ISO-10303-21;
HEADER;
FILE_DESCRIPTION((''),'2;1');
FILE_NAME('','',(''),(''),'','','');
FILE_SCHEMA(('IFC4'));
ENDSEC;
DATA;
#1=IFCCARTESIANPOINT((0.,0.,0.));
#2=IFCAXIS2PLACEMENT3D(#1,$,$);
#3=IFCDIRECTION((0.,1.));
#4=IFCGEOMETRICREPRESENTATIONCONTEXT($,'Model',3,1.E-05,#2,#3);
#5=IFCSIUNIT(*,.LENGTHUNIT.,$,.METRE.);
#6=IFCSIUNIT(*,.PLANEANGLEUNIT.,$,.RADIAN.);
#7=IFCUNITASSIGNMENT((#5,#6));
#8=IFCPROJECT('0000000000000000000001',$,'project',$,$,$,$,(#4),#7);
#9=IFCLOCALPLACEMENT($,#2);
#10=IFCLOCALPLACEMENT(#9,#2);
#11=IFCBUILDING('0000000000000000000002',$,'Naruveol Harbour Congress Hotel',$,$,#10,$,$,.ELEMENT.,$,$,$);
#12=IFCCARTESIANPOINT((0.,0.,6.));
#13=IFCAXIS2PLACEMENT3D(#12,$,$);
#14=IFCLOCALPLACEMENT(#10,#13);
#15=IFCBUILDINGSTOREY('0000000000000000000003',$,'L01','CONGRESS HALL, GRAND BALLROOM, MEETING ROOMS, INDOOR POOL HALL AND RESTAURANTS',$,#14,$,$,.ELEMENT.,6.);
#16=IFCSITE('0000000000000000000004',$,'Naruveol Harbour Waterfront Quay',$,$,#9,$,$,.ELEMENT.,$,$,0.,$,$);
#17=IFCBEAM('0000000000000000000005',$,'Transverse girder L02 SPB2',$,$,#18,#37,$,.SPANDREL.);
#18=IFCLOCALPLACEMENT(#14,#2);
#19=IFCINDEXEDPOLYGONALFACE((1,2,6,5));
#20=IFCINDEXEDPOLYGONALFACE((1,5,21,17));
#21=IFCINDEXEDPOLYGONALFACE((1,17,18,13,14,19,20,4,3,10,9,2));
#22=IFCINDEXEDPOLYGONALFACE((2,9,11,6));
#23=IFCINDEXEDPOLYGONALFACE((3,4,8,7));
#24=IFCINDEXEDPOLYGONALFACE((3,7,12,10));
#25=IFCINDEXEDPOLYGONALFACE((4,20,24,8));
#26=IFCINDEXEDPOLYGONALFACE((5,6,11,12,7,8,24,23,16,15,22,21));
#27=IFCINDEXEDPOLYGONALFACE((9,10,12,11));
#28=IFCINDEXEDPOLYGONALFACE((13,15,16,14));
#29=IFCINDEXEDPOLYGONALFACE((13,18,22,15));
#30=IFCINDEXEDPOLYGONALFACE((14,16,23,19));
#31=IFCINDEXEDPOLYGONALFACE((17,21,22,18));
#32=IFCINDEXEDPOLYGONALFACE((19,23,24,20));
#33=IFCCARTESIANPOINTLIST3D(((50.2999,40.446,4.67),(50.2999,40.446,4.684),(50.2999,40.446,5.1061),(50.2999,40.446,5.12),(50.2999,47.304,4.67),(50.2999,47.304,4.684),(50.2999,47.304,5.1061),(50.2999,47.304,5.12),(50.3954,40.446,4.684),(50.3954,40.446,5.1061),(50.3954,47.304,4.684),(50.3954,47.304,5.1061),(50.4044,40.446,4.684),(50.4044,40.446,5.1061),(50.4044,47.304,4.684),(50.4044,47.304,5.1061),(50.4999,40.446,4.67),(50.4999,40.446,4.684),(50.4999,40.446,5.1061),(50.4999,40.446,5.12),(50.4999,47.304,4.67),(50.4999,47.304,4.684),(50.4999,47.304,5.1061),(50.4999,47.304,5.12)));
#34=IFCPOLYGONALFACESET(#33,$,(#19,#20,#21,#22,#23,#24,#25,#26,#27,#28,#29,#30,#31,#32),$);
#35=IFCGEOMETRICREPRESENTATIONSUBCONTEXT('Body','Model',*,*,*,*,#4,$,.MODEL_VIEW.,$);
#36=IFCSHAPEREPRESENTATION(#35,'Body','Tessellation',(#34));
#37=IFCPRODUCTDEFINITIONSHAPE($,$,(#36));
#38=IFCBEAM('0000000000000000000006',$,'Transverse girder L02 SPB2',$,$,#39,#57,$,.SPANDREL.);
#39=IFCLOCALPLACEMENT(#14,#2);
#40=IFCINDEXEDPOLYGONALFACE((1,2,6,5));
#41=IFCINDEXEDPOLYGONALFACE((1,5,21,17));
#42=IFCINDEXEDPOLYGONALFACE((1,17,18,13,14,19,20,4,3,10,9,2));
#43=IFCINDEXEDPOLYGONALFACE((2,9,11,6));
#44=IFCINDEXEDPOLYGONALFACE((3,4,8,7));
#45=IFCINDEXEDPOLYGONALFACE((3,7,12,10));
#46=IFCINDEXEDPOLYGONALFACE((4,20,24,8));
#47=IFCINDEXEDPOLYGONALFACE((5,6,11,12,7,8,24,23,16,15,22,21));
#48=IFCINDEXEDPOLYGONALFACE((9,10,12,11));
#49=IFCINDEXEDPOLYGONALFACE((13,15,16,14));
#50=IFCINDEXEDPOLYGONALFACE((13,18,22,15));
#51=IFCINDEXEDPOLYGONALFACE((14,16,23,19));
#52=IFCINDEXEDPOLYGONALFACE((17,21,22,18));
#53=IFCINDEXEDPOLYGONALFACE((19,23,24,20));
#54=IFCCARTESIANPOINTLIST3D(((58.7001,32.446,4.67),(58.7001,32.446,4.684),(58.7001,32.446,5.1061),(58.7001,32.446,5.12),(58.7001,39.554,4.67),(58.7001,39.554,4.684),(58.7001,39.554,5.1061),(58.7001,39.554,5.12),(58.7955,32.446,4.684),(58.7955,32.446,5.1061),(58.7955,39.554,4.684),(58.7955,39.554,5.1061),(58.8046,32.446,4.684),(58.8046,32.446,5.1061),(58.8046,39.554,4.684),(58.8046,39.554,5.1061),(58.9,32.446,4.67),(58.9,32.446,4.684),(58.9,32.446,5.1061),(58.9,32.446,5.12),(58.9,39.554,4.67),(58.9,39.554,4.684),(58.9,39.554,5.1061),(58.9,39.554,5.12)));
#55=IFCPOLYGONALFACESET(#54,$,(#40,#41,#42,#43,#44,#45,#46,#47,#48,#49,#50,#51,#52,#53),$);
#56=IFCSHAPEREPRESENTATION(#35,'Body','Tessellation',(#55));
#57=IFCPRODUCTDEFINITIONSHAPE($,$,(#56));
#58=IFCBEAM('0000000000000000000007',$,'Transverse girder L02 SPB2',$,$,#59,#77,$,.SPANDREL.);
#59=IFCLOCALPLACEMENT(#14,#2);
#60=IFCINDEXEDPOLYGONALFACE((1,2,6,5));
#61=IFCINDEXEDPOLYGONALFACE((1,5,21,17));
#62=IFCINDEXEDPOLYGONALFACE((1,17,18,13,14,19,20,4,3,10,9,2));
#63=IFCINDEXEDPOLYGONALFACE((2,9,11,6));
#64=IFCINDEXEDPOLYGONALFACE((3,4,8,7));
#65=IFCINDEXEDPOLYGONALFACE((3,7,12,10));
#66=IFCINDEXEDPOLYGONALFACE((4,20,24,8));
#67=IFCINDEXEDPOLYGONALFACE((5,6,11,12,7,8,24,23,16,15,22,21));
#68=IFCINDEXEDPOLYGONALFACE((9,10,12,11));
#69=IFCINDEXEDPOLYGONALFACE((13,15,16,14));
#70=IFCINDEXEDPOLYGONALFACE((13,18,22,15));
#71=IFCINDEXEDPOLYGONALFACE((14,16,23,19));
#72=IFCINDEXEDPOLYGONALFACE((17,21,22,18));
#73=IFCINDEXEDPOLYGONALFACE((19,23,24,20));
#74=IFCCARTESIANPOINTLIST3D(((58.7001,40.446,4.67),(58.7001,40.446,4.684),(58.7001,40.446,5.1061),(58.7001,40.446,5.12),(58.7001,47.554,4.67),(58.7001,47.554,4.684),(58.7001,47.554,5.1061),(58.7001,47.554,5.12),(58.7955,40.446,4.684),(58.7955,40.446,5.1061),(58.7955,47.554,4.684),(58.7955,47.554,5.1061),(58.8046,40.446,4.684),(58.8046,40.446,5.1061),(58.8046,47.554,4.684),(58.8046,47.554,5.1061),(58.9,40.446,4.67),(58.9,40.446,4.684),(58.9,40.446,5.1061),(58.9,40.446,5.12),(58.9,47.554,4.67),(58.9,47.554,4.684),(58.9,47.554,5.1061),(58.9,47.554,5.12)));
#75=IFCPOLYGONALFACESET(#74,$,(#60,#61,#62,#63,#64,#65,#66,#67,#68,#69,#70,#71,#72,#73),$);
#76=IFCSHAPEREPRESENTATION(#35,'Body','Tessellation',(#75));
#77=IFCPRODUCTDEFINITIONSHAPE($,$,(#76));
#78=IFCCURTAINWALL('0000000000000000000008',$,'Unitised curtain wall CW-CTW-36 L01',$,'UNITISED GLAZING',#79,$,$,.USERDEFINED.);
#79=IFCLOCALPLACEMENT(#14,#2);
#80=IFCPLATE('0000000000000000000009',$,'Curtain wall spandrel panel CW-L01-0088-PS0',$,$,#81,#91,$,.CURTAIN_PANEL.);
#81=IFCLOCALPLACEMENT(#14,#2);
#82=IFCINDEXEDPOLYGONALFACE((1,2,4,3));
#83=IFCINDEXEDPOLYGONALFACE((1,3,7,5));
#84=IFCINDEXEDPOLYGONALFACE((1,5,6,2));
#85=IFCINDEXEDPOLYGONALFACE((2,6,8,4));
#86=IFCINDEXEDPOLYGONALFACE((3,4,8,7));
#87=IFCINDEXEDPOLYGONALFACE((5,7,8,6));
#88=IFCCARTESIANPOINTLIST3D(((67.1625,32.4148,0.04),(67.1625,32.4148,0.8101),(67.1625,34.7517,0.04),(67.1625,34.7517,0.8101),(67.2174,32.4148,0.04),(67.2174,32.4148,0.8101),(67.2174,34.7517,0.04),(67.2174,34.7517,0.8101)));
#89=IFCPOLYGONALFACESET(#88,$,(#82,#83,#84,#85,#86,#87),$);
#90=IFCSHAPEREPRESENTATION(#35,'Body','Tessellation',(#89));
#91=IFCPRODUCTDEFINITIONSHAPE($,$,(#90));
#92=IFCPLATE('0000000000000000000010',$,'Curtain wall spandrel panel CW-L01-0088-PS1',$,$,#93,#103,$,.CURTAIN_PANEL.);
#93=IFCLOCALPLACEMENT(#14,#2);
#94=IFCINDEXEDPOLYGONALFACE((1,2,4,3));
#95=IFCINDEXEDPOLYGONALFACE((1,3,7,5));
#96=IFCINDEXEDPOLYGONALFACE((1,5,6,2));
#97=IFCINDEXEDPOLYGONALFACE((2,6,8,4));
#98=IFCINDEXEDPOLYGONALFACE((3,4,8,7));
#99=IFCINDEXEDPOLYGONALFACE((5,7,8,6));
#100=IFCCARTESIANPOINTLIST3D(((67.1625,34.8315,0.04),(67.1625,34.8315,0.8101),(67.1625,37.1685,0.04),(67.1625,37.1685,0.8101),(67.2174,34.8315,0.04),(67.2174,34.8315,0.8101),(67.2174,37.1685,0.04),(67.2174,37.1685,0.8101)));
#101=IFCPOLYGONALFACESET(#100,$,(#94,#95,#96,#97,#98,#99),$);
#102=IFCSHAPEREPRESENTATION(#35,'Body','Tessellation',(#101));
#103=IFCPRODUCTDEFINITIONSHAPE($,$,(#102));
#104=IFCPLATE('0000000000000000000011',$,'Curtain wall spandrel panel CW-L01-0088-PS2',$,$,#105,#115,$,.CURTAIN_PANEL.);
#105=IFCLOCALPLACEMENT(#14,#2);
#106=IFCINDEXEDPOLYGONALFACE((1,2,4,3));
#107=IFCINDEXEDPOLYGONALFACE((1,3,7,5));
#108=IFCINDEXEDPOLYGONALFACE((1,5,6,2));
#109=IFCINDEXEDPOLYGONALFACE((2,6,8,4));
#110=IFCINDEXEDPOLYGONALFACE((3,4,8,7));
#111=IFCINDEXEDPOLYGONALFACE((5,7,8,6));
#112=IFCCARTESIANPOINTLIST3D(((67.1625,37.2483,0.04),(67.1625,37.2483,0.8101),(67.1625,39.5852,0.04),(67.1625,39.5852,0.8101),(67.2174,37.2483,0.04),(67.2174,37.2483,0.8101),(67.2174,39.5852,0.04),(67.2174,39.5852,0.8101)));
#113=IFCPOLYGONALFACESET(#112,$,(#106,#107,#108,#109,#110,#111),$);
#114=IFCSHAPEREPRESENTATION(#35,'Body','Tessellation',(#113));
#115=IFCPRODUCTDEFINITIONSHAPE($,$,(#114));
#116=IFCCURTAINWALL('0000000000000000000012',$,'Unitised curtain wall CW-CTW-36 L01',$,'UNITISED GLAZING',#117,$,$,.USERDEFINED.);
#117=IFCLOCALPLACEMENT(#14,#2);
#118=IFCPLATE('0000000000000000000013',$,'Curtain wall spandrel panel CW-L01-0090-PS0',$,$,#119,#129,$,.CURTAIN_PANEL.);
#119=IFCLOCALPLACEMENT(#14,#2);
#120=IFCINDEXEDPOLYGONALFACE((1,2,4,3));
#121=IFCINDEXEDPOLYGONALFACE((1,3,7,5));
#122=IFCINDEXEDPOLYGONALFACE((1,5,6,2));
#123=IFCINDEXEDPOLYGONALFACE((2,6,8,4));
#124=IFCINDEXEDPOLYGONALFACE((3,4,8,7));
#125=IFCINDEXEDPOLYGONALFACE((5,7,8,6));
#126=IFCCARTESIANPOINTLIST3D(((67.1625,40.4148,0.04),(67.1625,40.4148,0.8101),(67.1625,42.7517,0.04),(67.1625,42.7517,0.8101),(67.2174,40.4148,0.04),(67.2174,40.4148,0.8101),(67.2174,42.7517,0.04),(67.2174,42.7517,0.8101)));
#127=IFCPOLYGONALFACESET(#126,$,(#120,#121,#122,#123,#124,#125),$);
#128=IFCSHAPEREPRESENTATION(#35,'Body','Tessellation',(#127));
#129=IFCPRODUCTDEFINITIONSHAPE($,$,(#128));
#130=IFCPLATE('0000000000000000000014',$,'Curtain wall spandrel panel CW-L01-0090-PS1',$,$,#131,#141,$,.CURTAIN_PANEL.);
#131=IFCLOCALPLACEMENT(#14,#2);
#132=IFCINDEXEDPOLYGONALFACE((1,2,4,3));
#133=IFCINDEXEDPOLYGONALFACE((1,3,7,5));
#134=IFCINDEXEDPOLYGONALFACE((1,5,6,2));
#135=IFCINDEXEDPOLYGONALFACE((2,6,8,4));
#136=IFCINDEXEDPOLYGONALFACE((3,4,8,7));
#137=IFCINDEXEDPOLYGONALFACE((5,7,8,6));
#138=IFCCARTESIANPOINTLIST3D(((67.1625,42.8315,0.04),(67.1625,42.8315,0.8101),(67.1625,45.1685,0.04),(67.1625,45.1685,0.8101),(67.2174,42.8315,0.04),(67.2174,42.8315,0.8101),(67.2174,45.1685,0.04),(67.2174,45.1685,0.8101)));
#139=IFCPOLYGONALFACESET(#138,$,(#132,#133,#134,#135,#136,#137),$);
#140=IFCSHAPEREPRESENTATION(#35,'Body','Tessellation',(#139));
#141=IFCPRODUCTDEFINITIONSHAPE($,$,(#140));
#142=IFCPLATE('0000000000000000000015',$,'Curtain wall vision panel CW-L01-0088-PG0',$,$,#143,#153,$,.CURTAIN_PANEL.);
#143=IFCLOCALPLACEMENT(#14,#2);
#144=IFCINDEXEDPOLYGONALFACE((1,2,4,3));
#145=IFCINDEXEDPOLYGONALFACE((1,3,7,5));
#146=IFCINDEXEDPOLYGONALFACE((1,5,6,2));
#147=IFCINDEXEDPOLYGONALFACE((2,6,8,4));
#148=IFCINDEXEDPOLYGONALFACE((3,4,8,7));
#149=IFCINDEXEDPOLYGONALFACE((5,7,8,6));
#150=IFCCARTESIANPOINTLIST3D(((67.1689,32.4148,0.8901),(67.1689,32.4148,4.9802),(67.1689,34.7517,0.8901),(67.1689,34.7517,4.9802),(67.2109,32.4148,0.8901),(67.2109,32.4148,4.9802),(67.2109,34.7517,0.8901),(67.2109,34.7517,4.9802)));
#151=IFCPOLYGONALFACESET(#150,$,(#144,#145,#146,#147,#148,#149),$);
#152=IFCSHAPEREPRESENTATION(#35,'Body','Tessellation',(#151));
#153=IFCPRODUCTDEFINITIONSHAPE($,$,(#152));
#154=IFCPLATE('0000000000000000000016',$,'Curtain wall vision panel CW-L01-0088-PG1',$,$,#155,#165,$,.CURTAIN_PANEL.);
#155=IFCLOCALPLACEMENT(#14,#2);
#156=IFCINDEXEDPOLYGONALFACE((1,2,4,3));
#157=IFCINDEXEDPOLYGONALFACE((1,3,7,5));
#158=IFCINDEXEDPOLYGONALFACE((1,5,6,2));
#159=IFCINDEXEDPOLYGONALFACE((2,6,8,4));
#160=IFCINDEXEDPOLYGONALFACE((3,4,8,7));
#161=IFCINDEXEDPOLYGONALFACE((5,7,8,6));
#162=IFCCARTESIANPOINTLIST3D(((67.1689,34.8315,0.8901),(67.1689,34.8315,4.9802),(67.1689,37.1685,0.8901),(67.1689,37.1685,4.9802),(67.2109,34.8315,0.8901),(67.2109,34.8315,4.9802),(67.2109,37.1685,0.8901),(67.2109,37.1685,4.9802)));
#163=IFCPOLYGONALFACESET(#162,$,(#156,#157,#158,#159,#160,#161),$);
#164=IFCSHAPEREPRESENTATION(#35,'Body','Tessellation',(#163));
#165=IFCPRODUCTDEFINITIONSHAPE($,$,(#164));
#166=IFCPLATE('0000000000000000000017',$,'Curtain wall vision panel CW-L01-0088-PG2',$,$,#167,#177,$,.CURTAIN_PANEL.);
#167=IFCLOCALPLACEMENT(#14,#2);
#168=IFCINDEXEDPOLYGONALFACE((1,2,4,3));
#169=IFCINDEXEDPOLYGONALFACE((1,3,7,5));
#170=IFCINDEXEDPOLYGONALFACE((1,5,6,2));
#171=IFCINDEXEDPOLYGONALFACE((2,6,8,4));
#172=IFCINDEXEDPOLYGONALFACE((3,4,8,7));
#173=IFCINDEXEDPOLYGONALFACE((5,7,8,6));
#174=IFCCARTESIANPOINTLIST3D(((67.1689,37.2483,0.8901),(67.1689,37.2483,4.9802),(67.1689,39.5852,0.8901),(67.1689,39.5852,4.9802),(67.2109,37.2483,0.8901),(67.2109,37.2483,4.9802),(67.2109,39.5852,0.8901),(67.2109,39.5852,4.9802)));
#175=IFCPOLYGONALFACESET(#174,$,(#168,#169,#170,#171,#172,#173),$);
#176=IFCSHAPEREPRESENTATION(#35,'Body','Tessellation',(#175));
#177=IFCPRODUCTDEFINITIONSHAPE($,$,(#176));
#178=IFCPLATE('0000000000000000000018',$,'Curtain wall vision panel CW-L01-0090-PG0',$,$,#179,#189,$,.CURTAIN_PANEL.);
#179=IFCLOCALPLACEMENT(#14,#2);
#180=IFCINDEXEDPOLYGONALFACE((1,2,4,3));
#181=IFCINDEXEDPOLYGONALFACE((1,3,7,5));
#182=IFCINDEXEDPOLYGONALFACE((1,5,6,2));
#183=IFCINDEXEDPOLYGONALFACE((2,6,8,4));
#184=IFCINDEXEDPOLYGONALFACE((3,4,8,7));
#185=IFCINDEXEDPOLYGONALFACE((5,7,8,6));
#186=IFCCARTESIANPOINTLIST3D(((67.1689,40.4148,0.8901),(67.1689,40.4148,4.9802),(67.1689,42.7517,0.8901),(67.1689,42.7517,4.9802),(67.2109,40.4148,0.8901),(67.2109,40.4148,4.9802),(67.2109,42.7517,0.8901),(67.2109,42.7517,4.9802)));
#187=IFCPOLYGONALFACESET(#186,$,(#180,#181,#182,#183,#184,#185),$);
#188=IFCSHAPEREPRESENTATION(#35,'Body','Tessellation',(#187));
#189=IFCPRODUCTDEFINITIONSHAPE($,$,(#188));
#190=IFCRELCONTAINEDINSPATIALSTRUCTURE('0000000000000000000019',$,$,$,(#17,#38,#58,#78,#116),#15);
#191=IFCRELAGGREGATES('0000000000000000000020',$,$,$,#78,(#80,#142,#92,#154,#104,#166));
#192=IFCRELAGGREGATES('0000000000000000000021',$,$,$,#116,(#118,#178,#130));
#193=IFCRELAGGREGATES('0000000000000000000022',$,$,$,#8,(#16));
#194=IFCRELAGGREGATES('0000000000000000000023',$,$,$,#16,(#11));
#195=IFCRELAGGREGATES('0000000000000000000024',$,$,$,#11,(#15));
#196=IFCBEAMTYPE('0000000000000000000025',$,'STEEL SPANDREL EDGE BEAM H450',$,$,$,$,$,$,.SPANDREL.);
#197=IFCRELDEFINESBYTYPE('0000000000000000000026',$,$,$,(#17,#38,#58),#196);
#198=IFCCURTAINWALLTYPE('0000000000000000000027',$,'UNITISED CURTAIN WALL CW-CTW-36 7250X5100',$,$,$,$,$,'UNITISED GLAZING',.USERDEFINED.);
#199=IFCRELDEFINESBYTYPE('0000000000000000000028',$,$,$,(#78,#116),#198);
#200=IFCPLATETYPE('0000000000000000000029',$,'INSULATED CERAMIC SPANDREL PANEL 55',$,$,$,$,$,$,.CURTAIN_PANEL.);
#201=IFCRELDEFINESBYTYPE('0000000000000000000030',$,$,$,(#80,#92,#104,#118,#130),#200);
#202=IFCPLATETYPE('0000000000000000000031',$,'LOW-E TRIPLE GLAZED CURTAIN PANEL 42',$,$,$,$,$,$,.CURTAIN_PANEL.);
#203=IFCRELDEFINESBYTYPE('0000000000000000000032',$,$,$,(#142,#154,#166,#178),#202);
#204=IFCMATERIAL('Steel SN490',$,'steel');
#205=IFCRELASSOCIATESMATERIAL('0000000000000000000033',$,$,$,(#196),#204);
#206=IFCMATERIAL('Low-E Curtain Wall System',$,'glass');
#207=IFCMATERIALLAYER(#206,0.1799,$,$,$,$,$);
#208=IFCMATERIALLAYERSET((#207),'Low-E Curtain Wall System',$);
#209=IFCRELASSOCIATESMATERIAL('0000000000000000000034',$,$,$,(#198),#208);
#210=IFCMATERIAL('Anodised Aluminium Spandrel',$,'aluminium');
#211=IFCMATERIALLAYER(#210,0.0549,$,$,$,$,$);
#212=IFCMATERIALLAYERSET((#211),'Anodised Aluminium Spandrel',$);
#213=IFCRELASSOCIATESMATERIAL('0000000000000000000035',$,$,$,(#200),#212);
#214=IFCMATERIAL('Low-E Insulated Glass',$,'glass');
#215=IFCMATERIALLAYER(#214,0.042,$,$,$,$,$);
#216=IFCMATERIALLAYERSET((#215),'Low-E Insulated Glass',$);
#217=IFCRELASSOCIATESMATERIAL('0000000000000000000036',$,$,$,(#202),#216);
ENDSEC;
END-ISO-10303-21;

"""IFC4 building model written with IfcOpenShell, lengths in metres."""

from ifc_helpers import new_model, si_unit, direction, frame, origin, origin_2d, place, context, subcontext, project, spatial, rectangle, i_section, extrude, material, layer, layer_set, material_profile, profile_set, type_object, element, aggregate, save


model = new_model("IFC4")

# Units and contexts
model_context = context("Model", 3, precision=1e-05, world=origin(), true_north=direction((0.0, 1.0)))
body_context = subcontext(model_context, "Body", "Model", "MODEL_VIEW")
ifc_project = project(units=[si_unit("LENGTHUNIT", "METRE"), si_unit("PLANEANGLEUNIT", "RADIAN")], contexts=[model_context])

# Site, building, storey
site_placement = place(None, origin())
site = spatial("IfcSite", under=ifc_project, at=site_placement, Name="Naruveol Harbour Waterfront Quay", CompositionType="ELEMENT", RefElevation=0.0)
building_placement = place(site_placement, origin())
building = spatial("IfcBuilding", under=site, at=building_placement, Name="Naruveol Harbour Congress Hotel", CompositionType="ELEMENT")
storey_placement = place(building_placement, frame((0.0, 0.0, 6.0)))
storey = spatial("IfcBuildingStorey", under=building, at=storey_placement, Name="L01", Description="CONGRESS HALL, GRAND BALLROOM, MEETING ROOMS, INDOOR POOL HALL AND RESTAURANTS", CompositionType="ELEMENT", Elevation=6.0)

# Beams
ifc_material_1 = material(Name="Steel SN490", Category="steel")
ifc_material_profile_1 = material_profile(ifc_material_1, i_section(OverallWidth=0.2, OverallDepth=0.45, WebThickness=0.009, FlangeThickness=0.0139, at=origin_2d()), Name="H-450x200x9x14")
ifc_profile_set_1 = profile_set([ifc_material_profile_1], Name="Steel SN490")
beam_type_1 = type_object("IfcBeamType", Name="STEEL SPANDREL EDGE BEAM H450", PredefinedType="SPANDREL", material=ifc_profile_set_1)
beam_1_placement = place(storey_placement, frame((50.3999, 40.446, 4.895), z_axis=(0.0, 1.0, 0.0), x_axis=(-1.0, 0.0, 0.0)))
element("IfcBeam", 1, at=beam_1_placement, inside=storey, type_object=beam_type_1, Name="Transverse girder L02 SPB2", PredefinedType="SPANDREL", context=body_context, shape_type="SweptSolid", body=[
    extrude(i_section(OverallWidth=0.2, OverallDepth=0.45, WebThickness=0.009, FlangeThickness=0.0139, at=origin_2d()), origin(), (0.0, 0.0, 1.0), 6.8579),
])
for number, where, z_axis, x_axis, name in (
    (2, (58.8, 32.446, 4.895), (0.0, 1.0, 0.0), (-1.0, 0.0, 0.0), "Transverse girder L02 SPB2"),
    (3, (58.8, 40.446, 4.895), (0.0, 1.0, 0.0), (-1.0, 0.0, 0.0), "Transverse girder L02 SPB2"),
):
    element("IfcBeam", number, at=place(storey_placement, frame(where, z_axis=z_axis, x_axis=x_axis)), inside=storey, type_object=beam_type_1, Name=name, PredefinedType="SPANDREL", context=body_context, shape_type="SweptSolid", body=[
        extrude(i_section(OverallWidth=0.2, OverallDepth=0.45, WebThickness=0.009, FlangeThickness=0.0139, at=origin_2d()), origin(), (0.0, 0.0, 1.0), 7.1079),
    ])

# Curtain walls, plates
ifc_material_2 = material(Name="Low-E Curtain Wall System", Category="glass")
ifc_layer_1 = layer(ifc_material_2, 0.1799)
ifc_layer_set_1 = layer_set([ifc_layer_1], Name="Low-E Curtain Wall System")
curtain_wall_type = type_object("IfcCurtainWallType", Name="UNITISED CURTAIN WALL CW-CTW-36 7250X5100", ElementType="UNITISED GLAZING", PredefinedType="USERDEFINED", material=ifc_layer_set_1)
curtain_wall_1_placement = place(storey_placement, origin())
curtain_wall_1 = element("IfcCurtainWall", 4, at=curtain_wall_1_placement, inside=storey, type_object=curtain_wall_type, Name="Unitised curtain wall CW-CTW-36 L01", ObjectType="UNITISED GLAZING", PredefinedType="USERDEFINED")
ifc_material_3 = material(Name="Anodised Aluminium Spandrel", Category="aluminium")
ifc_layer_2 = layer(ifc_material_3, 0.0549)
ifc_layer_set_2 = layer_set([ifc_layer_2], Name="Anodised Aluminium Spandrel")
plate_type_1 = type_object("IfcPlateType", Name="INSULATED CERAMIC SPANDREL PANEL 55", PredefinedType="CURTAIN_PANEL", material=ifc_layer_set_2)
plate_1_placement = place(storey_placement, frame((67.1899, 33.5833, 0.04), z_axis=(0.0, 0.0, 1.0), x_axis=(0.0, 1.0, 0.0)))
plate_1 = element("IfcPlate", 5, at=plate_1_placement, type_object=plate_type_1, Name="Curtain wall spandrel panel CW-L01-0088-PS0", PredefinedType="CURTAIN_PANEL", context=body_context, shape_type="SweptSolid", body=[
    extrude(rectangle(XDim=2.3369, YDim=0.0549, at=origin_2d()), origin(), (0.0, 0.0, 1.0), 0.77),
])
plate_2_placement = place(storey_placement, frame((67.1899, 36.0, 0.04), z_axis=(0.0, 0.0, 1.0), x_axis=(0.0, 1.0, 0.0)))
plate_2 = element("IfcPlate", 6, at=plate_2_placement, type_object=plate_type_1, Name="Curtain wall spandrel panel CW-L01-0088-PS1", PredefinedType="CURTAIN_PANEL", context=body_context, shape_type="SweptSolid", body=[
    extrude(rectangle(XDim=2.3369, YDim=0.0549, at=origin_2d()), origin(), (0.0, 0.0, 1.0), 0.77),
])
plate_3_placement = place(storey_placement, frame((67.1899, 38.4167, 0.04), z_axis=(0.0, 0.0, 1.0), x_axis=(0.0, 1.0, 0.0)))
plate_3 = element("IfcPlate", 7, at=plate_3_placement, type_object=plate_type_1, Name="Curtain wall spandrel panel CW-L01-0088-PS2", PredefinedType="CURTAIN_PANEL", context=body_context, shape_type="SweptSolid", body=[
    extrude(rectangle(XDim=2.3369, YDim=0.0549, at=origin_2d()), origin(), (0.0, 0.0, 1.0), 0.77),
])
curtain_wall_2_placement = place(storey_placement, origin())
curtain_wall_2 = element("IfcCurtainWall", 8, at=curtain_wall_2_placement, inside=storey, type_object=curtain_wall_type, Name="Unitised curtain wall CW-CTW-36 L01", ObjectType="UNITISED GLAZING", PredefinedType="USERDEFINED")
plate_4_placement = place(storey_placement, frame((67.1899, 41.5833, 0.04), z_axis=(0.0, 0.0, 1.0), x_axis=(0.0, 1.0, 0.0)))
plate_4 = element("IfcPlate", 9, at=plate_4_placement, type_object=plate_type_1, Name="Curtain wall spandrel panel CW-L01-0090-PS0", PredefinedType="CURTAIN_PANEL", context=body_context, shape_type="SweptSolid", body=[
    extrude(rectangle(XDim=2.3369, YDim=0.0549, at=origin_2d()), origin(), (0.0, 0.0, 1.0), 0.77),
])
plate_5_placement = place(storey_placement, frame((67.1899, 44.0, 0.04), z_axis=(0.0, 0.0, 1.0), x_axis=(0.0, 1.0, 0.0)))
plate_5 = element("IfcPlate", 10, at=plate_5_placement, type_object=plate_type_1, Name="Curtain wall spandrel panel CW-L01-0090-PS1", PredefinedType="CURTAIN_PANEL", context=body_context, shape_type="SweptSolid", body=[
    extrude(rectangle(XDim=2.3369, YDim=0.0549, at=origin_2d()), origin(), (0.0, 0.0, 1.0), 0.77),
])

# Plates
ifc_material_4 = material(Name="Low-E Insulated Glass", Category="glass")
ifc_layer_3 = layer(ifc_material_4, 0.042)
ifc_layer_set_3 = layer_set([ifc_layer_3], Name="Low-E Insulated Glass")
plate_type_2 = type_object("IfcPlateType", Name="LOW-E TRIPLE GLAZED CURTAIN PANEL 42", PredefinedType="CURTAIN_PANEL", material=ifc_layer_set_3)
plate_6_placement = place(storey_placement, frame((67.1899, 33.5833, 0.8901), z_axis=(0.0, 0.0, 1.0), x_axis=(0.0, 1.0, 0.0)))
plate_6 = element("IfcPlate", 11, at=plate_6_placement, type_object=plate_type_2, Name="Curtain wall vision panel CW-L01-0088-PG0", PredefinedType="CURTAIN_PANEL", context=body_context, shape_type="SweptSolid", body=[
    extrude(rectangle(XDim=2.3369, YDim=0.042, at=origin_2d()), origin(), (0.0, 0.0, 1.0), 4.0901),
])
plate_7_placement = place(storey_placement, frame((67.1899, 36.0, 0.8901), z_axis=(0.0, 0.0, 1.0), x_axis=(0.0, 1.0, 0.0)))
plate_7 = element("IfcPlate", 12, at=plate_7_placement, type_object=plate_type_2, Name="Curtain wall vision panel CW-L01-0088-PG1", PredefinedType="CURTAIN_PANEL", context=body_context, shape_type="SweptSolid", body=[
    extrude(rectangle(XDim=2.3369, YDim=0.042, at=origin_2d()), origin(), (0.0, 0.0, 1.0), 4.0901),
])
plate_8_placement = place(storey_placement, frame((67.1899, 38.4167, 0.8901), z_axis=(0.0, 0.0, 1.0), x_axis=(0.0, 1.0, 0.0)))
plate_8 = element("IfcPlate", 13, at=plate_8_placement, type_object=plate_type_2, Name="Curtain wall vision panel CW-L01-0088-PG2", PredefinedType="CURTAIN_PANEL", context=body_context, shape_type="SweptSolid", body=[
    extrude(rectangle(XDim=2.3369, YDim=0.042, at=origin_2d()), origin(), (0.0, 0.0, 1.0), 4.0901),
])
aggregate(curtain_wall_1, [plate_1, plate_6, plate_2, plate_7, plate_3, plate_8])
plate_9_placement = place(storey_placement, frame((67.1899, 41.5833, 0.8901), z_axis=(0.0, 0.0, 1.0), x_axis=(0.0, 1.0, 0.0)))
plate_9 = element("IfcPlate", 14, at=plate_9_placement, type_object=plate_type_2, Name="Curtain wall vision panel CW-L01-0090-PG0", PredefinedType="CURTAIN_PANEL", context=body_context, shape_type="SweptSolid", body=[
    extrude(rectangle(XDim=2.3369, YDim=0.042, at=origin_2d()), origin(), (0.0, 0.0, 1.0), 4.0901),
])
aggregate(curtain_wall_2, [plate_4, plate_9, plate_5])

save(model, "model.ifc")
